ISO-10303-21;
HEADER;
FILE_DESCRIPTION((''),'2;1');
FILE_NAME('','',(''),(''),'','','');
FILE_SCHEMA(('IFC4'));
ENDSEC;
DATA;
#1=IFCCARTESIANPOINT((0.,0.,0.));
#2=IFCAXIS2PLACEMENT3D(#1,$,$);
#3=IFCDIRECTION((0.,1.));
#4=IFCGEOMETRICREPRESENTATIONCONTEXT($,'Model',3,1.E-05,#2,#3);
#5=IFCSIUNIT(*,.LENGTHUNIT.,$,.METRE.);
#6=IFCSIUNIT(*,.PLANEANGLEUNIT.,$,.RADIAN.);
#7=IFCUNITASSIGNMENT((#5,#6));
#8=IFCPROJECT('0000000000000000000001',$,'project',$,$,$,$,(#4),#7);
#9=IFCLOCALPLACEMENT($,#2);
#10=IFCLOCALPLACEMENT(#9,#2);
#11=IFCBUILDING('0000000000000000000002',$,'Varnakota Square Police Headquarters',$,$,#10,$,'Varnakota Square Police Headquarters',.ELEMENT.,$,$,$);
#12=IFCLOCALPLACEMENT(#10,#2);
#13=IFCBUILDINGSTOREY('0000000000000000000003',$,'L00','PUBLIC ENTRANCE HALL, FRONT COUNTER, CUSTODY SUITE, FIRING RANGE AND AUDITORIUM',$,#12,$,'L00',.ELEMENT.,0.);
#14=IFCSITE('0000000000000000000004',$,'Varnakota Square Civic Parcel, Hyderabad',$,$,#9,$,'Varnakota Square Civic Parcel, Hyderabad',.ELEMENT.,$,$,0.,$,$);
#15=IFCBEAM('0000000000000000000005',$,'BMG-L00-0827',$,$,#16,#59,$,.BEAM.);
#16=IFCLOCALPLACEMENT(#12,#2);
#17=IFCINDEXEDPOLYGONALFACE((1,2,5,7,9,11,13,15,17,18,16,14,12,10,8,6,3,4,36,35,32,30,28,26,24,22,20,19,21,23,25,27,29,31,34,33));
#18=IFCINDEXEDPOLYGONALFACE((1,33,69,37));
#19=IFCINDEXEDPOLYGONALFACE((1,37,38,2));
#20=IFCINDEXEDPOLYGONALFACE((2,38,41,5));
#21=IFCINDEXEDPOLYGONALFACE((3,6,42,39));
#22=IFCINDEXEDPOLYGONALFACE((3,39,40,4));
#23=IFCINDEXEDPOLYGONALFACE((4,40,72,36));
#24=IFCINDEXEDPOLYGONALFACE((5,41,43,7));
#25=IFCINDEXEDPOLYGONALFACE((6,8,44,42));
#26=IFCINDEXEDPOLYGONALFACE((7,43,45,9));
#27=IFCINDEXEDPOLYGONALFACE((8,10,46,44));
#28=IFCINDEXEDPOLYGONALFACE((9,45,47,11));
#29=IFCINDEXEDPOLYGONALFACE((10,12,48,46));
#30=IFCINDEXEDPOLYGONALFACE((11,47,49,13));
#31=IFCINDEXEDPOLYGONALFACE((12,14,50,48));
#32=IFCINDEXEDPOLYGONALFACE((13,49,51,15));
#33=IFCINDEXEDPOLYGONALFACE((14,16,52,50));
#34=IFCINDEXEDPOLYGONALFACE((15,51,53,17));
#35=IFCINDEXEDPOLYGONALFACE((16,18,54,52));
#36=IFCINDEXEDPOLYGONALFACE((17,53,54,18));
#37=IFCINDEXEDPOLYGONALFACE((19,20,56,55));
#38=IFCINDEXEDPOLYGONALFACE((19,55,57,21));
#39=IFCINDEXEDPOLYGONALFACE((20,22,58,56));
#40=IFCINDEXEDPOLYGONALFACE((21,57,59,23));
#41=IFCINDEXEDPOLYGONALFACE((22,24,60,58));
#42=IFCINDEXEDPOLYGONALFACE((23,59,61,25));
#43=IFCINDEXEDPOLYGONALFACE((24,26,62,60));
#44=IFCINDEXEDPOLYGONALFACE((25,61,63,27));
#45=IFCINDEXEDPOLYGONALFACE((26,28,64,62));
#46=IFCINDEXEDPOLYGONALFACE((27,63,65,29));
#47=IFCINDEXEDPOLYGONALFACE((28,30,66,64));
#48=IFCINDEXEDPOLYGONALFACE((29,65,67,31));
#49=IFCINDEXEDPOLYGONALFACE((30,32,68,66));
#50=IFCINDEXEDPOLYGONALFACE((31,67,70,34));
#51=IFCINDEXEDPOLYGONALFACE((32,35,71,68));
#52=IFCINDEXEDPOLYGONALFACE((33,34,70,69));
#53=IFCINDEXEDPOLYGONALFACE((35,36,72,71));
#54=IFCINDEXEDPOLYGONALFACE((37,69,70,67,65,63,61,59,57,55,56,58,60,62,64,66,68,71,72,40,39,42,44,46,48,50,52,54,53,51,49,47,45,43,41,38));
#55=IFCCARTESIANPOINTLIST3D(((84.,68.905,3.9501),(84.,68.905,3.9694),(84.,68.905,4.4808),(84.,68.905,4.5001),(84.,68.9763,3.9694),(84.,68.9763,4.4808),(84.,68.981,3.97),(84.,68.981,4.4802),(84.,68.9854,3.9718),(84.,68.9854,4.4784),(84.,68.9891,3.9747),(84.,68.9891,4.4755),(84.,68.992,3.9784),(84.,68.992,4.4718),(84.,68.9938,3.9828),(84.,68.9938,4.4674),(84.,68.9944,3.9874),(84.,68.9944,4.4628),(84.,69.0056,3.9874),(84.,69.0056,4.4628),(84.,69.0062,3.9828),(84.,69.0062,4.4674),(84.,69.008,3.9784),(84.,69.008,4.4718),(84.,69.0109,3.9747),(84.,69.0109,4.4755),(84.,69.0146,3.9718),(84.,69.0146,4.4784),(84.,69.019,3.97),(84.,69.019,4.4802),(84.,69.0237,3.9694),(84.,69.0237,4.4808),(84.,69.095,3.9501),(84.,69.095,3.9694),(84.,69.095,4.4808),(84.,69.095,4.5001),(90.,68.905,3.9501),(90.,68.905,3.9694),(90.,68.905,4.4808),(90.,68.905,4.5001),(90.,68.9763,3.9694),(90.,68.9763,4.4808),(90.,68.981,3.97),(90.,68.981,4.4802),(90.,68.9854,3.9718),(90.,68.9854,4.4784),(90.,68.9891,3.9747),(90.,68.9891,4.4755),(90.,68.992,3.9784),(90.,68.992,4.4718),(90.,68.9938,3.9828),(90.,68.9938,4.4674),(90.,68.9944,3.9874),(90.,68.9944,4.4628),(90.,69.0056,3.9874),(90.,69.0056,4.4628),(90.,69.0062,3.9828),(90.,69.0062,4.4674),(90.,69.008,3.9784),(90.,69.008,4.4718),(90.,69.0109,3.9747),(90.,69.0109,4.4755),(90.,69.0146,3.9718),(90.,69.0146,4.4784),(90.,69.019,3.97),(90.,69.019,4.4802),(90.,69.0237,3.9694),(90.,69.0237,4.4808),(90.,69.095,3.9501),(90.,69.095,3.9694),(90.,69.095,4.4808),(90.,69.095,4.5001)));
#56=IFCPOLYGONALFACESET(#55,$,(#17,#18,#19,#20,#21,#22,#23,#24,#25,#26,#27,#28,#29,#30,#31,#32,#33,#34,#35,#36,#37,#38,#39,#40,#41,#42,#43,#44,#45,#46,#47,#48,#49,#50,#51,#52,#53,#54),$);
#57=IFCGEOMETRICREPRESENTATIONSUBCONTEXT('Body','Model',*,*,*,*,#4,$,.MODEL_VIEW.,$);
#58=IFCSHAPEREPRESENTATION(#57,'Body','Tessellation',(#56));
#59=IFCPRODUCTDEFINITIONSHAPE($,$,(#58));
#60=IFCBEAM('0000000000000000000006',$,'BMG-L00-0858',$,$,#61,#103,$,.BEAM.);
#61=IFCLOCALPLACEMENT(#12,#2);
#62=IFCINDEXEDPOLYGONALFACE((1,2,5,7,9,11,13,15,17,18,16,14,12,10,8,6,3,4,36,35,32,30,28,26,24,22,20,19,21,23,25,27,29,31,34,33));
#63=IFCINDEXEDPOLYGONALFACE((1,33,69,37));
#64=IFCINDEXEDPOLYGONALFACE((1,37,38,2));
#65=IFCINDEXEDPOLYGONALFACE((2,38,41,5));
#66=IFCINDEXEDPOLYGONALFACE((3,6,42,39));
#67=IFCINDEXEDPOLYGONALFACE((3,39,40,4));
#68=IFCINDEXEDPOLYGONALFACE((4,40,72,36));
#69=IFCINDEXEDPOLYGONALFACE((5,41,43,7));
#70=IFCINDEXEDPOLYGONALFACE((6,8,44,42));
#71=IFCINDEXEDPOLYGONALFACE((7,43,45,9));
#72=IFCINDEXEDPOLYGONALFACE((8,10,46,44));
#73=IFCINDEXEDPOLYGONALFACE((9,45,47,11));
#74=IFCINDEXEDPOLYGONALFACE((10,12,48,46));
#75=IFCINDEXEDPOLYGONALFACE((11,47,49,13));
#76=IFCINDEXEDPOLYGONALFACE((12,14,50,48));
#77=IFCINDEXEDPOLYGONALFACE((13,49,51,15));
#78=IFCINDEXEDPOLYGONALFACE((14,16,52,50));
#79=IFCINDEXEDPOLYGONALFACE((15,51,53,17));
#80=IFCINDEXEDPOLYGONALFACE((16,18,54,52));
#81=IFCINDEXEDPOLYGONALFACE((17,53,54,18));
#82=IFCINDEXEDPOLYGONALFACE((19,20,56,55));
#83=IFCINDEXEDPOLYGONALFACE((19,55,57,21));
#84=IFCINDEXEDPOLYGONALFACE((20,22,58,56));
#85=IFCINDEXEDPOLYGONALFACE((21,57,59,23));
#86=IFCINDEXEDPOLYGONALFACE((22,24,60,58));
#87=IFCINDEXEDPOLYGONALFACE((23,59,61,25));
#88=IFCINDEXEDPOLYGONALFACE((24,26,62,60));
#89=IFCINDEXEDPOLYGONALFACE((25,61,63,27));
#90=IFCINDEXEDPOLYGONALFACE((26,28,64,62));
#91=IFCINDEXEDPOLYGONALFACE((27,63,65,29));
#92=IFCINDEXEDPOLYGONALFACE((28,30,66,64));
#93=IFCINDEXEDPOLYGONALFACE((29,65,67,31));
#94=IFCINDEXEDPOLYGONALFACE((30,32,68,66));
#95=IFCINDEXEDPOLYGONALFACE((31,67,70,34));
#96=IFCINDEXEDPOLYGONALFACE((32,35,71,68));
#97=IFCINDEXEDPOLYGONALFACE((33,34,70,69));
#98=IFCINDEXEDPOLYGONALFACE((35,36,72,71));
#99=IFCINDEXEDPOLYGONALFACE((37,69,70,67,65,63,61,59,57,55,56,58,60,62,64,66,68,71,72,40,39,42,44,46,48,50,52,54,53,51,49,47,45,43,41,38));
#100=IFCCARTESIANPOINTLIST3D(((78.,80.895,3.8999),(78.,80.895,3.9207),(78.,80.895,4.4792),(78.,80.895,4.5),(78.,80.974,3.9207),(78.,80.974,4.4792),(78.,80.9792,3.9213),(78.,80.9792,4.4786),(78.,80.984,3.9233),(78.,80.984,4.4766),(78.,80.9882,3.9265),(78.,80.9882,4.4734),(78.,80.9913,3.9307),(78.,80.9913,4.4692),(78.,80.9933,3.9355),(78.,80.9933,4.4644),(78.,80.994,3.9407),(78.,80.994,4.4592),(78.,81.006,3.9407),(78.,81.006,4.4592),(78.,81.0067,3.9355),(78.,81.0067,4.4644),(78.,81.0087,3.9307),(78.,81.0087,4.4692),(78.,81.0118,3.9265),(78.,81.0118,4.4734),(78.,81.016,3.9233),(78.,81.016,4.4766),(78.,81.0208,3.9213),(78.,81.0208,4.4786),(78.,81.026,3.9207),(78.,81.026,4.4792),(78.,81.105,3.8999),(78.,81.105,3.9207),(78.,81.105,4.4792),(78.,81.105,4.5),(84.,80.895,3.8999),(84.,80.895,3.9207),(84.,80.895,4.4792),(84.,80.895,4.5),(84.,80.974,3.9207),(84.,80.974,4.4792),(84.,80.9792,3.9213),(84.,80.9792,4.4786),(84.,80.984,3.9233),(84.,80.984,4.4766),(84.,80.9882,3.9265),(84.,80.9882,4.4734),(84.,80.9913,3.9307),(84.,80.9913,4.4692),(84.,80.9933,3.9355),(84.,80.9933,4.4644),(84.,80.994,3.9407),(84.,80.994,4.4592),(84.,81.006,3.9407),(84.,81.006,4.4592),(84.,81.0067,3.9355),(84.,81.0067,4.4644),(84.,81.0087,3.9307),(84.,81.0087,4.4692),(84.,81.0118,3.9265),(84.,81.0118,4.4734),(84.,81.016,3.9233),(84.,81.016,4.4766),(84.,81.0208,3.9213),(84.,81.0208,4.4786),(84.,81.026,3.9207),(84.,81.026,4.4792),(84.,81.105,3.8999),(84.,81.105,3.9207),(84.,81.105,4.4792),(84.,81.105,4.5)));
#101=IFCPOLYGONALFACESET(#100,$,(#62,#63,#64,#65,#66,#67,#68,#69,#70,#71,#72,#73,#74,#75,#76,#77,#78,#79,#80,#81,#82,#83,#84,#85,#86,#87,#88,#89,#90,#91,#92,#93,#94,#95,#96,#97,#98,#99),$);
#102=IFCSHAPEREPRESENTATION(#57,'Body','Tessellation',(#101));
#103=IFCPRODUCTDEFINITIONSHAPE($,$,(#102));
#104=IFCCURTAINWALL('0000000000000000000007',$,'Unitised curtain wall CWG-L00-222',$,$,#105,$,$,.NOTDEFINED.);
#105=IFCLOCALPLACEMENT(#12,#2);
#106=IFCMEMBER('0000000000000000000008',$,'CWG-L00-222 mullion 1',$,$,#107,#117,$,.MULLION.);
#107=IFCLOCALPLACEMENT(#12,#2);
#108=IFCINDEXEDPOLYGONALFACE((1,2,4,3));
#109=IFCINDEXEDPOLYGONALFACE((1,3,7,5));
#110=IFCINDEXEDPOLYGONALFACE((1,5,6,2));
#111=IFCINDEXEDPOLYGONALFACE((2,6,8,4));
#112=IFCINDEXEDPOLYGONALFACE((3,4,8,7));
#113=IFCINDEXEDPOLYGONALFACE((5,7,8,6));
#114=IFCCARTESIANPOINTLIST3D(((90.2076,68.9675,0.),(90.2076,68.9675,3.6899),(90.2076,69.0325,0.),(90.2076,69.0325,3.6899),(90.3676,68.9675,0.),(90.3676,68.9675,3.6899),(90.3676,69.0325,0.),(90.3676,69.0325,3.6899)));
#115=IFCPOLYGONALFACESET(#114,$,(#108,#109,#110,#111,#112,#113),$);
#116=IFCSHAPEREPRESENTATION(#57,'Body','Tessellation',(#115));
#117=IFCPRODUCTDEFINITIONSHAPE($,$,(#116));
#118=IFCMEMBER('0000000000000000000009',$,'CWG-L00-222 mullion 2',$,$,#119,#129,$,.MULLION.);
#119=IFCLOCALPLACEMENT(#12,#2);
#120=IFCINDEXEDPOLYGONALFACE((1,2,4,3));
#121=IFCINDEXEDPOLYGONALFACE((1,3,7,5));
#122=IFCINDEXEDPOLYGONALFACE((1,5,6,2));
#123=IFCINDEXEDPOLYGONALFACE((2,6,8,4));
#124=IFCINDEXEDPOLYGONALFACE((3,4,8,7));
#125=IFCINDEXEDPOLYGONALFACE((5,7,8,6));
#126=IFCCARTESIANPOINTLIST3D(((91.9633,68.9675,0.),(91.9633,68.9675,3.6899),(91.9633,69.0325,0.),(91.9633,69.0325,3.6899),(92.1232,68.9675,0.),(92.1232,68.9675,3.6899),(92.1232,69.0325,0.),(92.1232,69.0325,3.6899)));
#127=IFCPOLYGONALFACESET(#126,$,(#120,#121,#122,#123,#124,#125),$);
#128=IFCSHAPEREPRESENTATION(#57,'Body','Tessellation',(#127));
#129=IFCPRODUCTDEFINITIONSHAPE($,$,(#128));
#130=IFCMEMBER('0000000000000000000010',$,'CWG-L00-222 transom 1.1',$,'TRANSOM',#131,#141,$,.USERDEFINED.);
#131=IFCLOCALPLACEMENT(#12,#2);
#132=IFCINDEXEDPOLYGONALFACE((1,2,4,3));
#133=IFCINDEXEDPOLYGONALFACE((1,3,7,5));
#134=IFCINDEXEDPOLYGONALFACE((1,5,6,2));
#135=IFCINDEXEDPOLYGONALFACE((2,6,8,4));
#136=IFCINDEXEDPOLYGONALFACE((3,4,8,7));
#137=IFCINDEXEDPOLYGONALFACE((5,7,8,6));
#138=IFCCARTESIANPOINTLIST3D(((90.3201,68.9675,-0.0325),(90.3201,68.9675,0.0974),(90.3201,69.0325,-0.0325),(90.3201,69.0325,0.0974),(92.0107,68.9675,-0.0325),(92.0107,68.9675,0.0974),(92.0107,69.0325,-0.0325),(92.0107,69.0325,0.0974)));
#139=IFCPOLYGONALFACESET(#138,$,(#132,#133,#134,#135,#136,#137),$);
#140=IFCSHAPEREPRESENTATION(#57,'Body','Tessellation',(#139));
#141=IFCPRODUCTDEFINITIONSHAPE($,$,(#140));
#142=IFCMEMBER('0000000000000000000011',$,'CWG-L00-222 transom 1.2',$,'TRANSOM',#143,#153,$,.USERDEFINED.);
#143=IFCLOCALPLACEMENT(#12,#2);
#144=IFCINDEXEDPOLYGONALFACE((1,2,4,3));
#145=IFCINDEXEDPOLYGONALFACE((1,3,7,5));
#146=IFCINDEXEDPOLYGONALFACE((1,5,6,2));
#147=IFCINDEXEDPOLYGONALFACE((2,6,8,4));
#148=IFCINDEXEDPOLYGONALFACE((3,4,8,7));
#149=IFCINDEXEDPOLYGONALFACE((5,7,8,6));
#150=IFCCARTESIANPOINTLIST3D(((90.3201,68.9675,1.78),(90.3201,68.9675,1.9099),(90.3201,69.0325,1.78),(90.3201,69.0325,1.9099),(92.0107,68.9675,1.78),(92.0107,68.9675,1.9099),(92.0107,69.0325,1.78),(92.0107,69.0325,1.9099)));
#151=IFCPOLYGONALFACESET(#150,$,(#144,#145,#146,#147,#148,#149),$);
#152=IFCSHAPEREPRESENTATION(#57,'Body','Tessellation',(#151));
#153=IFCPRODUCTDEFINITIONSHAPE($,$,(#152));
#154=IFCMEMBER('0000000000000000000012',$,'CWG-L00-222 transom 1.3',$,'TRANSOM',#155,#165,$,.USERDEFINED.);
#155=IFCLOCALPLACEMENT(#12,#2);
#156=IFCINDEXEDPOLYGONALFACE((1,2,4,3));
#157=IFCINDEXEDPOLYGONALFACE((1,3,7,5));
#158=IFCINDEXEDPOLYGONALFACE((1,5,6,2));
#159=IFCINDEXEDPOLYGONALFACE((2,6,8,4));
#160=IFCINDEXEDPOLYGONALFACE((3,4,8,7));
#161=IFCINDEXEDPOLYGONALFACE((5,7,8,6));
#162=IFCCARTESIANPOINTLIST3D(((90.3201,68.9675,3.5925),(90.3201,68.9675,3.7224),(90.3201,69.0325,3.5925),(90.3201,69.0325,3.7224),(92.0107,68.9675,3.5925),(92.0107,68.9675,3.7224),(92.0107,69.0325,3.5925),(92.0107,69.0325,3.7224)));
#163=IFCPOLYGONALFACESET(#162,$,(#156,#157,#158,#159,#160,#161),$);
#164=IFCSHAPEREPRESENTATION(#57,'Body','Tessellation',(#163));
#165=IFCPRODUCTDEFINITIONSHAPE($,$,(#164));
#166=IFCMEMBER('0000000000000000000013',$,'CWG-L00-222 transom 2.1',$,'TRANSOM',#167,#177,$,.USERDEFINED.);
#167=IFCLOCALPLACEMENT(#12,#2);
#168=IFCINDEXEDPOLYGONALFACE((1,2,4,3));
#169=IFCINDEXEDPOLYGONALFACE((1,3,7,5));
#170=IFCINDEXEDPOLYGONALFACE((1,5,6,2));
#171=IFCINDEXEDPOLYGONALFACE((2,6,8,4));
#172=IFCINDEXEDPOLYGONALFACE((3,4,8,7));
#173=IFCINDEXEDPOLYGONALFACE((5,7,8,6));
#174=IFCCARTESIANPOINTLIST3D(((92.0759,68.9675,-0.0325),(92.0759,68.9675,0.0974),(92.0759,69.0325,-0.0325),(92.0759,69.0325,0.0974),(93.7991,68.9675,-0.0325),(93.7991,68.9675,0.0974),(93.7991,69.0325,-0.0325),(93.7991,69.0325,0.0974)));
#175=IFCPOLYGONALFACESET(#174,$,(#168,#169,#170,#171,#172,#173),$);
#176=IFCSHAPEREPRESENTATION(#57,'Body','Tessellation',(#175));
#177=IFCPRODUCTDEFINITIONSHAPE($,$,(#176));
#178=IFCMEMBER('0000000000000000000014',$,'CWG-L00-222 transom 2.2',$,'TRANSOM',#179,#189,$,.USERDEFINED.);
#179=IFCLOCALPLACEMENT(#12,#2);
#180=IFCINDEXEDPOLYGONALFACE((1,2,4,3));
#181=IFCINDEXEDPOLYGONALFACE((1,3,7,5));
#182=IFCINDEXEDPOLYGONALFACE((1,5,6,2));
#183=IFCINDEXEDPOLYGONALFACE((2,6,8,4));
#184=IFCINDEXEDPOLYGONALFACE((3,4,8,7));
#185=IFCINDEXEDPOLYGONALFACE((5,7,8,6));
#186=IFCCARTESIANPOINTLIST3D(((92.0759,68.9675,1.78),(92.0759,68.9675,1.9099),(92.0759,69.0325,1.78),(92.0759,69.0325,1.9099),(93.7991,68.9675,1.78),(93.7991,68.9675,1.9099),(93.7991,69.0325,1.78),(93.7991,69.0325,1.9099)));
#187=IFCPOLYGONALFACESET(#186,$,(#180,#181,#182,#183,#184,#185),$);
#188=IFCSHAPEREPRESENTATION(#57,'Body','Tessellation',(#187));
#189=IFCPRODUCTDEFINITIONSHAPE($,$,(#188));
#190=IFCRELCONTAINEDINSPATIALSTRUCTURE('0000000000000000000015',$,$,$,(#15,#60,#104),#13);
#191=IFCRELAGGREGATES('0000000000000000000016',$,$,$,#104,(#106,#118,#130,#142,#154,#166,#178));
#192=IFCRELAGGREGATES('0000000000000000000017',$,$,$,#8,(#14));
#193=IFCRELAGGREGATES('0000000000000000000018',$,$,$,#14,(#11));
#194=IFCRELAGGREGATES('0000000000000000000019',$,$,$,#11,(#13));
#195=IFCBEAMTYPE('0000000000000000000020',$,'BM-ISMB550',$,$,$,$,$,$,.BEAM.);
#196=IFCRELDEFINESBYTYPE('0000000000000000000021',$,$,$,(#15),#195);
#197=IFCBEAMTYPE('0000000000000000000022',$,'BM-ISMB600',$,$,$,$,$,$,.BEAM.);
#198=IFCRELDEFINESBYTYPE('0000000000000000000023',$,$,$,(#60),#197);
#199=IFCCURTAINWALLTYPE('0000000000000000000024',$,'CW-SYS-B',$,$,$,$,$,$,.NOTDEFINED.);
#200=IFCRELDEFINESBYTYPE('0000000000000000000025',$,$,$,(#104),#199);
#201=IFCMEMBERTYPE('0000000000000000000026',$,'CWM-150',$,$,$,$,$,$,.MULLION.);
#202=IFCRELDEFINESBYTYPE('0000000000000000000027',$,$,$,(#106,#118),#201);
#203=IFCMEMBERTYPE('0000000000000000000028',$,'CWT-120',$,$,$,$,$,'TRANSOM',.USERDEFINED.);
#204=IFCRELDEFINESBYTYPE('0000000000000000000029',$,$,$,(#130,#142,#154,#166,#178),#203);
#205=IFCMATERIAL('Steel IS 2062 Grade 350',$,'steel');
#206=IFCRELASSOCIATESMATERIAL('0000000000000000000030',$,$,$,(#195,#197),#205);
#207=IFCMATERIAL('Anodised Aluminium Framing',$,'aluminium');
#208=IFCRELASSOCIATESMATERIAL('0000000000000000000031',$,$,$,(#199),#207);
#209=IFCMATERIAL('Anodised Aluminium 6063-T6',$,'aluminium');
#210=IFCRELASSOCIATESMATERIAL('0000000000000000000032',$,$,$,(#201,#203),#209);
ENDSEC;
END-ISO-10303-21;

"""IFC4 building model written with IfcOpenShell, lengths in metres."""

from ifc_helpers import new_model, si_unit, direction, frame, origin, origin_2d, place, context, subcontext, project, spatial, rectangle, i_section, extrude, material, material_profile, profile_set, type_object, element, aggregate, save


model = new_model("IFC4")

# Units and contexts
model_context = context("Model", 3, precision=1e-05, world=origin(), true_north=direction((0.0, 1.0)))
body_context = subcontext(model_context, "Body", "Model", "MODEL_VIEW")
ifc_project = project(units=[si_unit("LENGTHUNIT", "METRE"), si_unit("PLANEANGLEUNIT", "RADIAN")], contexts=[model_context])

# Site, building, storey
site_placement = place(None, origin())
site = spatial("IfcSite", under=ifc_project, at=site_placement, Name="Varnakota Square Civic Parcel, Hyderabad", LongName="Varnakota Square Civic Parcel, Hyderabad", CompositionType="ELEMENT", RefElevation=0.0)
building_placement = place(site_placement, origin())
building = spatial("IfcBuilding", under=site, at=building_placement, Name="Varnakota Square Police Headquarters", LongName="Varnakota Square Police Headquarters", CompositionType="ELEMENT")
storey_placement = place(building_placement, origin())
storey = spatial("IfcBuildingStorey", under=building, at=storey_placement, Name="L00", Description="PUBLIC ENTRANCE HALL, FRONT COUNTER, CUSTODY SUITE, FIRING RANGE AND AUDITORIUM", LongName="L00", CompositionType="ELEMENT", Elevation=0.0)

# Beams
ifc_material_1 = material(Name="Steel IS 2062 Grade 350", Category="steel")
ifc_material_profile_1 = material_profile(ifc_material_1, i_section(OverallWidth=0.1899, OverallDepth=0.55, WebThickness=0.0112, FlangeThickness=0.0193, FilletRadius=0.0181, at=origin_2d()), Name="ISMB 550")
ifc_profile_set_1 = profile_set([ifc_material_profile_1], Name="Steel IS 2062 Grade 350")
beam_type_1 = type_object("IfcBeamType", Name="BM-ISMB550", PredefinedType="BEAM", material=ifc_profile_set_1)
beam_1_placement = place(storey_placement, frame((84.0, 69.0, 4.2251), z_axis=(1.0, 0.0, 0.0), x_axis=(0.0, 1.0, 0.0)))
element("IfcBeam", 1, at=beam_1_placement, inside=storey, type_object=beam_type_1, Name="BMG-L00-0827", PredefinedType="BEAM", context=body_context, shape_type="SweptSolid", body=[
    extrude(i_section(OverallWidth=0.1899, OverallDepth=0.55, WebThickness=0.0112, FlangeThickness=0.0193, FilletRadius=0.0181, at=origin_2d()), origin(), (0.0, 0.0, 1.0), 6.0),
])
ifc_material_profile_2 = material_profile(ifc_material_1, i_section(OverallWidth=0.21, OverallDepth=0.6001, WebThickness=0.012, FlangeThickness=0.0208, FilletRadius=0.02, at=origin_2d()), Name="ISMB 600")
ifc_profile_set_2 = profile_set([ifc_material_profile_2], Name="Steel IS 2062 Grade 350")
beam_type_2 = type_object("IfcBeamType", Name="BM-ISMB600", PredefinedType="BEAM", material=ifc_profile_set_2)
beam_2_placement = place(storey_placement, frame((78.0, 81.0, 4.2), z_axis=(1.0, 0.0, 0.0), x_axis=(0.0, 1.0, 0.0)))
element("IfcBeam", 2, at=beam_2_placement, inside=storey, type_object=beam_type_2, Name="BMG-L00-0858", PredefinedType="BEAM", context=body_context, shape_type="SweptSolid", body=[
    extrude(i_section(OverallWidth=0.21, OverallDepth=0.6001, WebThickness=0.012, FlangeThickness=0.0208, FilletRadius=0.02, at=origin_2d()), origin(), (0.0, 0.0, 1.0), 6.0),
])

# Curtain wall, members
ifc_material_2 = material(Name="Anodised Aluminium Framing", Category="aluminium")
curtain_wall_type = type_object("IfcCurtainWallType", Name="CW-SYS-B", PredefinedType="NOTDEFINED", material=ifc_material_2)
curtain_wall_placement = place(storey_placement, origin())
curtain_wall = element("IfcCurtainWall", 3, at=curtain_wall_placement, inside=storey, type_object=curtain_wall_type, Name="Unitised curtain wall CWG-L00-222", PredefinedType="NOTDEFINED")
ifc_material_3 = material(Name="Anodised Aluminium 6063-T6", Category="aluminium")
ifc_material_profile_3 = material_profile(ifc_material_3, rectangle(XDim=0.0649, YDim=0.1599, at=origin_2d()), Name="ALU MULLION 65x160")
ifc_profile_set_3 = profile_set([ifc_material_profile_3], Name="Anodised Aluminium 6063-T6")
member_type_1 = type_object("IfcMemberType", Name="CWM-150", PredefinedType="MULLION", material=ifc_profile_set_3)
member_1_placement = place(storey_placement, frame((90.2876, 69.0, 0.0), z_axis=(0.0, 0.0, 1.0), x_axis=(0.0, 1.0, 0.0)))
member_1 = element("IfcMember", 4, at=member_1_placement, type_object=member_type_1, Name="CWG-L00-222 mullion 1", PredefinedType="MULLION", context=body_context, shape_type="SweptSolid", body=[
    extrude(rectangle(XDim=0.0649, YDim=0.1599, at=origin_2d()), origin(), (0.0, 0.0, 1.0), 3.6899),
])
member_2_placement = place(storey_placement, frame((92.0432, 69.0, 0.0), z_axis=(0.0, 0.0, 1.0), x_axis=(0.0, 1.0, 0.0)))
member_2 = element("IfcMember", 5, at=member_2_placement, type_object=member_type_1, Name="CWG-L00-222 mullion 2", PredefinedType="MULLION", context=body_context, shape_type="SweptSolid", body=[
    extrude(rectangle(XDim=0.0649, YDim=0.1599, at=origin_2d()), origin(), (0.0, 0.0, 1.0), 3.6899),
])
ifc_material_profile_4 = material_profile(ifc_material_3, rectangle(XDim=0.0649, YDim=0.1299, at=origin_2d()), Name="ALU TRANSOM 65x130")
ifc_profile_set_4 = profile_set([ifc_material_profile_4], Name="Anodised Aluminium 6063-T6")
member_type_2 = type_object("IfcMemberType", Name="CWT-120", ElementType="TRANSOM", PredefinedType="USERDEFINED", material=ifc_profile_set_4)
member_3_placement = place(storey_placement, frame((90.3201, 69.0, 0.0325), z_axis=(1.0, 0.0, 0.0), x_axis=(0.0, 1.0, 0.0)))
member_3 = element("IfcMember", 6, at=member_3_placement, type_object=member_type_2, Name="CWG-L00-222 transom 1.1", ObjectType="TRANSOM", PredefinedType="USERDEFINED", context=body_context, shape_type="SweptSolid", body=[
    extrude(rectangle(XDim=0.0649, YDim=0.1299, at=origin_2d()), origin(), (0.0, 0.0, 1.0), 1.6907),
])
member_4_placement = place(storey_placement, frame((90.3201, 69.0, 1.845), z_axis=(1.0, 0.0, 0.0), x_axis=(0.0, 1.0, 0.0)))
member_4 = element("IfcMember", 7, at=member_4_placement, type_object=member_type_2, Name="CWG-L00-222 transom 1.2", ObjectType="TRANSOM", PredefinedType="USERDEFINED", context=body_context, shape_type="SweptSolid", body=[
    extrude(rectangle(XDim=0.0649, YDim=0.1299, at=origin_2d()), origin(), (0.0, 0.0, 1.0), 1.6907),
])
member_5_placement = place(storey_placement, frame((90.3201, 69.0, 3.6575), z_axis=(1.0, 0.0, 0.0), x_axis=(0.0, 1.0, 0.0)))
member_5 = element("IfcMember", 8, at=member_5_placement, type_object=member_type_2, Name="CWG-L00-222 transom 1.3", ObjectType="TRANSOM", PredefinedType="USERDEFINED", context=body_context, shape_type="SweptSolid", body=[
    extrude(rectangle(XDim=0.0649, YDim=0.1299, at=origin_2d()), origin(), (0.0, 0.0, 1.0), 1.6907),
])
member_6_placement = place(storey_placement, frame((92.0759, 69.0, 0.0325), z_axis=(1.0, 0.0, 0.0), x_axis=(0.0, 1.0, 0.0)))
member_6 = element("IfcMember", 9, at=member_6_placement, type_object=member_type_2, Name="CWG-L00-222 transom 2.1", ObjectType="TRANSOM", PredefinedType="USERDEFINED", context=body_context, shape_type="SweptSolid", body=[
    extrude(rectangle(XDim=0.0649, YDim=0.1299, at=origin_2d()), origin(), (0.0, 0.0, 1.0), 1.7231),
])
member_7_placement = place(storey_placement, frame((92.0759, 69.0, 1.845), z_axis=(1.0, 0.0, 0.0), x_axis=(0.0, 1.0, 0.0)))
member_7 = element("IfcMember", 10, at=member_7_placement, type_object=member_type_2, Name="CWG-L00-222 transom 2.2", ObjectType="TRANSOM", PredefinedType="USERDEFINED", context=body_context, shape_type="SweptSolid", body=[
    extrude(rectangle(XDim=0.0649, YDim=0.1299, at=origin_2d()), origin(), (0.0, 0.0, 1.0), 1.7231),
])
aggregate(curtain_wall, [member_1, member_2, member_3, member_4, member_5, member_6, member_7])

save(model, "model.ifc")
